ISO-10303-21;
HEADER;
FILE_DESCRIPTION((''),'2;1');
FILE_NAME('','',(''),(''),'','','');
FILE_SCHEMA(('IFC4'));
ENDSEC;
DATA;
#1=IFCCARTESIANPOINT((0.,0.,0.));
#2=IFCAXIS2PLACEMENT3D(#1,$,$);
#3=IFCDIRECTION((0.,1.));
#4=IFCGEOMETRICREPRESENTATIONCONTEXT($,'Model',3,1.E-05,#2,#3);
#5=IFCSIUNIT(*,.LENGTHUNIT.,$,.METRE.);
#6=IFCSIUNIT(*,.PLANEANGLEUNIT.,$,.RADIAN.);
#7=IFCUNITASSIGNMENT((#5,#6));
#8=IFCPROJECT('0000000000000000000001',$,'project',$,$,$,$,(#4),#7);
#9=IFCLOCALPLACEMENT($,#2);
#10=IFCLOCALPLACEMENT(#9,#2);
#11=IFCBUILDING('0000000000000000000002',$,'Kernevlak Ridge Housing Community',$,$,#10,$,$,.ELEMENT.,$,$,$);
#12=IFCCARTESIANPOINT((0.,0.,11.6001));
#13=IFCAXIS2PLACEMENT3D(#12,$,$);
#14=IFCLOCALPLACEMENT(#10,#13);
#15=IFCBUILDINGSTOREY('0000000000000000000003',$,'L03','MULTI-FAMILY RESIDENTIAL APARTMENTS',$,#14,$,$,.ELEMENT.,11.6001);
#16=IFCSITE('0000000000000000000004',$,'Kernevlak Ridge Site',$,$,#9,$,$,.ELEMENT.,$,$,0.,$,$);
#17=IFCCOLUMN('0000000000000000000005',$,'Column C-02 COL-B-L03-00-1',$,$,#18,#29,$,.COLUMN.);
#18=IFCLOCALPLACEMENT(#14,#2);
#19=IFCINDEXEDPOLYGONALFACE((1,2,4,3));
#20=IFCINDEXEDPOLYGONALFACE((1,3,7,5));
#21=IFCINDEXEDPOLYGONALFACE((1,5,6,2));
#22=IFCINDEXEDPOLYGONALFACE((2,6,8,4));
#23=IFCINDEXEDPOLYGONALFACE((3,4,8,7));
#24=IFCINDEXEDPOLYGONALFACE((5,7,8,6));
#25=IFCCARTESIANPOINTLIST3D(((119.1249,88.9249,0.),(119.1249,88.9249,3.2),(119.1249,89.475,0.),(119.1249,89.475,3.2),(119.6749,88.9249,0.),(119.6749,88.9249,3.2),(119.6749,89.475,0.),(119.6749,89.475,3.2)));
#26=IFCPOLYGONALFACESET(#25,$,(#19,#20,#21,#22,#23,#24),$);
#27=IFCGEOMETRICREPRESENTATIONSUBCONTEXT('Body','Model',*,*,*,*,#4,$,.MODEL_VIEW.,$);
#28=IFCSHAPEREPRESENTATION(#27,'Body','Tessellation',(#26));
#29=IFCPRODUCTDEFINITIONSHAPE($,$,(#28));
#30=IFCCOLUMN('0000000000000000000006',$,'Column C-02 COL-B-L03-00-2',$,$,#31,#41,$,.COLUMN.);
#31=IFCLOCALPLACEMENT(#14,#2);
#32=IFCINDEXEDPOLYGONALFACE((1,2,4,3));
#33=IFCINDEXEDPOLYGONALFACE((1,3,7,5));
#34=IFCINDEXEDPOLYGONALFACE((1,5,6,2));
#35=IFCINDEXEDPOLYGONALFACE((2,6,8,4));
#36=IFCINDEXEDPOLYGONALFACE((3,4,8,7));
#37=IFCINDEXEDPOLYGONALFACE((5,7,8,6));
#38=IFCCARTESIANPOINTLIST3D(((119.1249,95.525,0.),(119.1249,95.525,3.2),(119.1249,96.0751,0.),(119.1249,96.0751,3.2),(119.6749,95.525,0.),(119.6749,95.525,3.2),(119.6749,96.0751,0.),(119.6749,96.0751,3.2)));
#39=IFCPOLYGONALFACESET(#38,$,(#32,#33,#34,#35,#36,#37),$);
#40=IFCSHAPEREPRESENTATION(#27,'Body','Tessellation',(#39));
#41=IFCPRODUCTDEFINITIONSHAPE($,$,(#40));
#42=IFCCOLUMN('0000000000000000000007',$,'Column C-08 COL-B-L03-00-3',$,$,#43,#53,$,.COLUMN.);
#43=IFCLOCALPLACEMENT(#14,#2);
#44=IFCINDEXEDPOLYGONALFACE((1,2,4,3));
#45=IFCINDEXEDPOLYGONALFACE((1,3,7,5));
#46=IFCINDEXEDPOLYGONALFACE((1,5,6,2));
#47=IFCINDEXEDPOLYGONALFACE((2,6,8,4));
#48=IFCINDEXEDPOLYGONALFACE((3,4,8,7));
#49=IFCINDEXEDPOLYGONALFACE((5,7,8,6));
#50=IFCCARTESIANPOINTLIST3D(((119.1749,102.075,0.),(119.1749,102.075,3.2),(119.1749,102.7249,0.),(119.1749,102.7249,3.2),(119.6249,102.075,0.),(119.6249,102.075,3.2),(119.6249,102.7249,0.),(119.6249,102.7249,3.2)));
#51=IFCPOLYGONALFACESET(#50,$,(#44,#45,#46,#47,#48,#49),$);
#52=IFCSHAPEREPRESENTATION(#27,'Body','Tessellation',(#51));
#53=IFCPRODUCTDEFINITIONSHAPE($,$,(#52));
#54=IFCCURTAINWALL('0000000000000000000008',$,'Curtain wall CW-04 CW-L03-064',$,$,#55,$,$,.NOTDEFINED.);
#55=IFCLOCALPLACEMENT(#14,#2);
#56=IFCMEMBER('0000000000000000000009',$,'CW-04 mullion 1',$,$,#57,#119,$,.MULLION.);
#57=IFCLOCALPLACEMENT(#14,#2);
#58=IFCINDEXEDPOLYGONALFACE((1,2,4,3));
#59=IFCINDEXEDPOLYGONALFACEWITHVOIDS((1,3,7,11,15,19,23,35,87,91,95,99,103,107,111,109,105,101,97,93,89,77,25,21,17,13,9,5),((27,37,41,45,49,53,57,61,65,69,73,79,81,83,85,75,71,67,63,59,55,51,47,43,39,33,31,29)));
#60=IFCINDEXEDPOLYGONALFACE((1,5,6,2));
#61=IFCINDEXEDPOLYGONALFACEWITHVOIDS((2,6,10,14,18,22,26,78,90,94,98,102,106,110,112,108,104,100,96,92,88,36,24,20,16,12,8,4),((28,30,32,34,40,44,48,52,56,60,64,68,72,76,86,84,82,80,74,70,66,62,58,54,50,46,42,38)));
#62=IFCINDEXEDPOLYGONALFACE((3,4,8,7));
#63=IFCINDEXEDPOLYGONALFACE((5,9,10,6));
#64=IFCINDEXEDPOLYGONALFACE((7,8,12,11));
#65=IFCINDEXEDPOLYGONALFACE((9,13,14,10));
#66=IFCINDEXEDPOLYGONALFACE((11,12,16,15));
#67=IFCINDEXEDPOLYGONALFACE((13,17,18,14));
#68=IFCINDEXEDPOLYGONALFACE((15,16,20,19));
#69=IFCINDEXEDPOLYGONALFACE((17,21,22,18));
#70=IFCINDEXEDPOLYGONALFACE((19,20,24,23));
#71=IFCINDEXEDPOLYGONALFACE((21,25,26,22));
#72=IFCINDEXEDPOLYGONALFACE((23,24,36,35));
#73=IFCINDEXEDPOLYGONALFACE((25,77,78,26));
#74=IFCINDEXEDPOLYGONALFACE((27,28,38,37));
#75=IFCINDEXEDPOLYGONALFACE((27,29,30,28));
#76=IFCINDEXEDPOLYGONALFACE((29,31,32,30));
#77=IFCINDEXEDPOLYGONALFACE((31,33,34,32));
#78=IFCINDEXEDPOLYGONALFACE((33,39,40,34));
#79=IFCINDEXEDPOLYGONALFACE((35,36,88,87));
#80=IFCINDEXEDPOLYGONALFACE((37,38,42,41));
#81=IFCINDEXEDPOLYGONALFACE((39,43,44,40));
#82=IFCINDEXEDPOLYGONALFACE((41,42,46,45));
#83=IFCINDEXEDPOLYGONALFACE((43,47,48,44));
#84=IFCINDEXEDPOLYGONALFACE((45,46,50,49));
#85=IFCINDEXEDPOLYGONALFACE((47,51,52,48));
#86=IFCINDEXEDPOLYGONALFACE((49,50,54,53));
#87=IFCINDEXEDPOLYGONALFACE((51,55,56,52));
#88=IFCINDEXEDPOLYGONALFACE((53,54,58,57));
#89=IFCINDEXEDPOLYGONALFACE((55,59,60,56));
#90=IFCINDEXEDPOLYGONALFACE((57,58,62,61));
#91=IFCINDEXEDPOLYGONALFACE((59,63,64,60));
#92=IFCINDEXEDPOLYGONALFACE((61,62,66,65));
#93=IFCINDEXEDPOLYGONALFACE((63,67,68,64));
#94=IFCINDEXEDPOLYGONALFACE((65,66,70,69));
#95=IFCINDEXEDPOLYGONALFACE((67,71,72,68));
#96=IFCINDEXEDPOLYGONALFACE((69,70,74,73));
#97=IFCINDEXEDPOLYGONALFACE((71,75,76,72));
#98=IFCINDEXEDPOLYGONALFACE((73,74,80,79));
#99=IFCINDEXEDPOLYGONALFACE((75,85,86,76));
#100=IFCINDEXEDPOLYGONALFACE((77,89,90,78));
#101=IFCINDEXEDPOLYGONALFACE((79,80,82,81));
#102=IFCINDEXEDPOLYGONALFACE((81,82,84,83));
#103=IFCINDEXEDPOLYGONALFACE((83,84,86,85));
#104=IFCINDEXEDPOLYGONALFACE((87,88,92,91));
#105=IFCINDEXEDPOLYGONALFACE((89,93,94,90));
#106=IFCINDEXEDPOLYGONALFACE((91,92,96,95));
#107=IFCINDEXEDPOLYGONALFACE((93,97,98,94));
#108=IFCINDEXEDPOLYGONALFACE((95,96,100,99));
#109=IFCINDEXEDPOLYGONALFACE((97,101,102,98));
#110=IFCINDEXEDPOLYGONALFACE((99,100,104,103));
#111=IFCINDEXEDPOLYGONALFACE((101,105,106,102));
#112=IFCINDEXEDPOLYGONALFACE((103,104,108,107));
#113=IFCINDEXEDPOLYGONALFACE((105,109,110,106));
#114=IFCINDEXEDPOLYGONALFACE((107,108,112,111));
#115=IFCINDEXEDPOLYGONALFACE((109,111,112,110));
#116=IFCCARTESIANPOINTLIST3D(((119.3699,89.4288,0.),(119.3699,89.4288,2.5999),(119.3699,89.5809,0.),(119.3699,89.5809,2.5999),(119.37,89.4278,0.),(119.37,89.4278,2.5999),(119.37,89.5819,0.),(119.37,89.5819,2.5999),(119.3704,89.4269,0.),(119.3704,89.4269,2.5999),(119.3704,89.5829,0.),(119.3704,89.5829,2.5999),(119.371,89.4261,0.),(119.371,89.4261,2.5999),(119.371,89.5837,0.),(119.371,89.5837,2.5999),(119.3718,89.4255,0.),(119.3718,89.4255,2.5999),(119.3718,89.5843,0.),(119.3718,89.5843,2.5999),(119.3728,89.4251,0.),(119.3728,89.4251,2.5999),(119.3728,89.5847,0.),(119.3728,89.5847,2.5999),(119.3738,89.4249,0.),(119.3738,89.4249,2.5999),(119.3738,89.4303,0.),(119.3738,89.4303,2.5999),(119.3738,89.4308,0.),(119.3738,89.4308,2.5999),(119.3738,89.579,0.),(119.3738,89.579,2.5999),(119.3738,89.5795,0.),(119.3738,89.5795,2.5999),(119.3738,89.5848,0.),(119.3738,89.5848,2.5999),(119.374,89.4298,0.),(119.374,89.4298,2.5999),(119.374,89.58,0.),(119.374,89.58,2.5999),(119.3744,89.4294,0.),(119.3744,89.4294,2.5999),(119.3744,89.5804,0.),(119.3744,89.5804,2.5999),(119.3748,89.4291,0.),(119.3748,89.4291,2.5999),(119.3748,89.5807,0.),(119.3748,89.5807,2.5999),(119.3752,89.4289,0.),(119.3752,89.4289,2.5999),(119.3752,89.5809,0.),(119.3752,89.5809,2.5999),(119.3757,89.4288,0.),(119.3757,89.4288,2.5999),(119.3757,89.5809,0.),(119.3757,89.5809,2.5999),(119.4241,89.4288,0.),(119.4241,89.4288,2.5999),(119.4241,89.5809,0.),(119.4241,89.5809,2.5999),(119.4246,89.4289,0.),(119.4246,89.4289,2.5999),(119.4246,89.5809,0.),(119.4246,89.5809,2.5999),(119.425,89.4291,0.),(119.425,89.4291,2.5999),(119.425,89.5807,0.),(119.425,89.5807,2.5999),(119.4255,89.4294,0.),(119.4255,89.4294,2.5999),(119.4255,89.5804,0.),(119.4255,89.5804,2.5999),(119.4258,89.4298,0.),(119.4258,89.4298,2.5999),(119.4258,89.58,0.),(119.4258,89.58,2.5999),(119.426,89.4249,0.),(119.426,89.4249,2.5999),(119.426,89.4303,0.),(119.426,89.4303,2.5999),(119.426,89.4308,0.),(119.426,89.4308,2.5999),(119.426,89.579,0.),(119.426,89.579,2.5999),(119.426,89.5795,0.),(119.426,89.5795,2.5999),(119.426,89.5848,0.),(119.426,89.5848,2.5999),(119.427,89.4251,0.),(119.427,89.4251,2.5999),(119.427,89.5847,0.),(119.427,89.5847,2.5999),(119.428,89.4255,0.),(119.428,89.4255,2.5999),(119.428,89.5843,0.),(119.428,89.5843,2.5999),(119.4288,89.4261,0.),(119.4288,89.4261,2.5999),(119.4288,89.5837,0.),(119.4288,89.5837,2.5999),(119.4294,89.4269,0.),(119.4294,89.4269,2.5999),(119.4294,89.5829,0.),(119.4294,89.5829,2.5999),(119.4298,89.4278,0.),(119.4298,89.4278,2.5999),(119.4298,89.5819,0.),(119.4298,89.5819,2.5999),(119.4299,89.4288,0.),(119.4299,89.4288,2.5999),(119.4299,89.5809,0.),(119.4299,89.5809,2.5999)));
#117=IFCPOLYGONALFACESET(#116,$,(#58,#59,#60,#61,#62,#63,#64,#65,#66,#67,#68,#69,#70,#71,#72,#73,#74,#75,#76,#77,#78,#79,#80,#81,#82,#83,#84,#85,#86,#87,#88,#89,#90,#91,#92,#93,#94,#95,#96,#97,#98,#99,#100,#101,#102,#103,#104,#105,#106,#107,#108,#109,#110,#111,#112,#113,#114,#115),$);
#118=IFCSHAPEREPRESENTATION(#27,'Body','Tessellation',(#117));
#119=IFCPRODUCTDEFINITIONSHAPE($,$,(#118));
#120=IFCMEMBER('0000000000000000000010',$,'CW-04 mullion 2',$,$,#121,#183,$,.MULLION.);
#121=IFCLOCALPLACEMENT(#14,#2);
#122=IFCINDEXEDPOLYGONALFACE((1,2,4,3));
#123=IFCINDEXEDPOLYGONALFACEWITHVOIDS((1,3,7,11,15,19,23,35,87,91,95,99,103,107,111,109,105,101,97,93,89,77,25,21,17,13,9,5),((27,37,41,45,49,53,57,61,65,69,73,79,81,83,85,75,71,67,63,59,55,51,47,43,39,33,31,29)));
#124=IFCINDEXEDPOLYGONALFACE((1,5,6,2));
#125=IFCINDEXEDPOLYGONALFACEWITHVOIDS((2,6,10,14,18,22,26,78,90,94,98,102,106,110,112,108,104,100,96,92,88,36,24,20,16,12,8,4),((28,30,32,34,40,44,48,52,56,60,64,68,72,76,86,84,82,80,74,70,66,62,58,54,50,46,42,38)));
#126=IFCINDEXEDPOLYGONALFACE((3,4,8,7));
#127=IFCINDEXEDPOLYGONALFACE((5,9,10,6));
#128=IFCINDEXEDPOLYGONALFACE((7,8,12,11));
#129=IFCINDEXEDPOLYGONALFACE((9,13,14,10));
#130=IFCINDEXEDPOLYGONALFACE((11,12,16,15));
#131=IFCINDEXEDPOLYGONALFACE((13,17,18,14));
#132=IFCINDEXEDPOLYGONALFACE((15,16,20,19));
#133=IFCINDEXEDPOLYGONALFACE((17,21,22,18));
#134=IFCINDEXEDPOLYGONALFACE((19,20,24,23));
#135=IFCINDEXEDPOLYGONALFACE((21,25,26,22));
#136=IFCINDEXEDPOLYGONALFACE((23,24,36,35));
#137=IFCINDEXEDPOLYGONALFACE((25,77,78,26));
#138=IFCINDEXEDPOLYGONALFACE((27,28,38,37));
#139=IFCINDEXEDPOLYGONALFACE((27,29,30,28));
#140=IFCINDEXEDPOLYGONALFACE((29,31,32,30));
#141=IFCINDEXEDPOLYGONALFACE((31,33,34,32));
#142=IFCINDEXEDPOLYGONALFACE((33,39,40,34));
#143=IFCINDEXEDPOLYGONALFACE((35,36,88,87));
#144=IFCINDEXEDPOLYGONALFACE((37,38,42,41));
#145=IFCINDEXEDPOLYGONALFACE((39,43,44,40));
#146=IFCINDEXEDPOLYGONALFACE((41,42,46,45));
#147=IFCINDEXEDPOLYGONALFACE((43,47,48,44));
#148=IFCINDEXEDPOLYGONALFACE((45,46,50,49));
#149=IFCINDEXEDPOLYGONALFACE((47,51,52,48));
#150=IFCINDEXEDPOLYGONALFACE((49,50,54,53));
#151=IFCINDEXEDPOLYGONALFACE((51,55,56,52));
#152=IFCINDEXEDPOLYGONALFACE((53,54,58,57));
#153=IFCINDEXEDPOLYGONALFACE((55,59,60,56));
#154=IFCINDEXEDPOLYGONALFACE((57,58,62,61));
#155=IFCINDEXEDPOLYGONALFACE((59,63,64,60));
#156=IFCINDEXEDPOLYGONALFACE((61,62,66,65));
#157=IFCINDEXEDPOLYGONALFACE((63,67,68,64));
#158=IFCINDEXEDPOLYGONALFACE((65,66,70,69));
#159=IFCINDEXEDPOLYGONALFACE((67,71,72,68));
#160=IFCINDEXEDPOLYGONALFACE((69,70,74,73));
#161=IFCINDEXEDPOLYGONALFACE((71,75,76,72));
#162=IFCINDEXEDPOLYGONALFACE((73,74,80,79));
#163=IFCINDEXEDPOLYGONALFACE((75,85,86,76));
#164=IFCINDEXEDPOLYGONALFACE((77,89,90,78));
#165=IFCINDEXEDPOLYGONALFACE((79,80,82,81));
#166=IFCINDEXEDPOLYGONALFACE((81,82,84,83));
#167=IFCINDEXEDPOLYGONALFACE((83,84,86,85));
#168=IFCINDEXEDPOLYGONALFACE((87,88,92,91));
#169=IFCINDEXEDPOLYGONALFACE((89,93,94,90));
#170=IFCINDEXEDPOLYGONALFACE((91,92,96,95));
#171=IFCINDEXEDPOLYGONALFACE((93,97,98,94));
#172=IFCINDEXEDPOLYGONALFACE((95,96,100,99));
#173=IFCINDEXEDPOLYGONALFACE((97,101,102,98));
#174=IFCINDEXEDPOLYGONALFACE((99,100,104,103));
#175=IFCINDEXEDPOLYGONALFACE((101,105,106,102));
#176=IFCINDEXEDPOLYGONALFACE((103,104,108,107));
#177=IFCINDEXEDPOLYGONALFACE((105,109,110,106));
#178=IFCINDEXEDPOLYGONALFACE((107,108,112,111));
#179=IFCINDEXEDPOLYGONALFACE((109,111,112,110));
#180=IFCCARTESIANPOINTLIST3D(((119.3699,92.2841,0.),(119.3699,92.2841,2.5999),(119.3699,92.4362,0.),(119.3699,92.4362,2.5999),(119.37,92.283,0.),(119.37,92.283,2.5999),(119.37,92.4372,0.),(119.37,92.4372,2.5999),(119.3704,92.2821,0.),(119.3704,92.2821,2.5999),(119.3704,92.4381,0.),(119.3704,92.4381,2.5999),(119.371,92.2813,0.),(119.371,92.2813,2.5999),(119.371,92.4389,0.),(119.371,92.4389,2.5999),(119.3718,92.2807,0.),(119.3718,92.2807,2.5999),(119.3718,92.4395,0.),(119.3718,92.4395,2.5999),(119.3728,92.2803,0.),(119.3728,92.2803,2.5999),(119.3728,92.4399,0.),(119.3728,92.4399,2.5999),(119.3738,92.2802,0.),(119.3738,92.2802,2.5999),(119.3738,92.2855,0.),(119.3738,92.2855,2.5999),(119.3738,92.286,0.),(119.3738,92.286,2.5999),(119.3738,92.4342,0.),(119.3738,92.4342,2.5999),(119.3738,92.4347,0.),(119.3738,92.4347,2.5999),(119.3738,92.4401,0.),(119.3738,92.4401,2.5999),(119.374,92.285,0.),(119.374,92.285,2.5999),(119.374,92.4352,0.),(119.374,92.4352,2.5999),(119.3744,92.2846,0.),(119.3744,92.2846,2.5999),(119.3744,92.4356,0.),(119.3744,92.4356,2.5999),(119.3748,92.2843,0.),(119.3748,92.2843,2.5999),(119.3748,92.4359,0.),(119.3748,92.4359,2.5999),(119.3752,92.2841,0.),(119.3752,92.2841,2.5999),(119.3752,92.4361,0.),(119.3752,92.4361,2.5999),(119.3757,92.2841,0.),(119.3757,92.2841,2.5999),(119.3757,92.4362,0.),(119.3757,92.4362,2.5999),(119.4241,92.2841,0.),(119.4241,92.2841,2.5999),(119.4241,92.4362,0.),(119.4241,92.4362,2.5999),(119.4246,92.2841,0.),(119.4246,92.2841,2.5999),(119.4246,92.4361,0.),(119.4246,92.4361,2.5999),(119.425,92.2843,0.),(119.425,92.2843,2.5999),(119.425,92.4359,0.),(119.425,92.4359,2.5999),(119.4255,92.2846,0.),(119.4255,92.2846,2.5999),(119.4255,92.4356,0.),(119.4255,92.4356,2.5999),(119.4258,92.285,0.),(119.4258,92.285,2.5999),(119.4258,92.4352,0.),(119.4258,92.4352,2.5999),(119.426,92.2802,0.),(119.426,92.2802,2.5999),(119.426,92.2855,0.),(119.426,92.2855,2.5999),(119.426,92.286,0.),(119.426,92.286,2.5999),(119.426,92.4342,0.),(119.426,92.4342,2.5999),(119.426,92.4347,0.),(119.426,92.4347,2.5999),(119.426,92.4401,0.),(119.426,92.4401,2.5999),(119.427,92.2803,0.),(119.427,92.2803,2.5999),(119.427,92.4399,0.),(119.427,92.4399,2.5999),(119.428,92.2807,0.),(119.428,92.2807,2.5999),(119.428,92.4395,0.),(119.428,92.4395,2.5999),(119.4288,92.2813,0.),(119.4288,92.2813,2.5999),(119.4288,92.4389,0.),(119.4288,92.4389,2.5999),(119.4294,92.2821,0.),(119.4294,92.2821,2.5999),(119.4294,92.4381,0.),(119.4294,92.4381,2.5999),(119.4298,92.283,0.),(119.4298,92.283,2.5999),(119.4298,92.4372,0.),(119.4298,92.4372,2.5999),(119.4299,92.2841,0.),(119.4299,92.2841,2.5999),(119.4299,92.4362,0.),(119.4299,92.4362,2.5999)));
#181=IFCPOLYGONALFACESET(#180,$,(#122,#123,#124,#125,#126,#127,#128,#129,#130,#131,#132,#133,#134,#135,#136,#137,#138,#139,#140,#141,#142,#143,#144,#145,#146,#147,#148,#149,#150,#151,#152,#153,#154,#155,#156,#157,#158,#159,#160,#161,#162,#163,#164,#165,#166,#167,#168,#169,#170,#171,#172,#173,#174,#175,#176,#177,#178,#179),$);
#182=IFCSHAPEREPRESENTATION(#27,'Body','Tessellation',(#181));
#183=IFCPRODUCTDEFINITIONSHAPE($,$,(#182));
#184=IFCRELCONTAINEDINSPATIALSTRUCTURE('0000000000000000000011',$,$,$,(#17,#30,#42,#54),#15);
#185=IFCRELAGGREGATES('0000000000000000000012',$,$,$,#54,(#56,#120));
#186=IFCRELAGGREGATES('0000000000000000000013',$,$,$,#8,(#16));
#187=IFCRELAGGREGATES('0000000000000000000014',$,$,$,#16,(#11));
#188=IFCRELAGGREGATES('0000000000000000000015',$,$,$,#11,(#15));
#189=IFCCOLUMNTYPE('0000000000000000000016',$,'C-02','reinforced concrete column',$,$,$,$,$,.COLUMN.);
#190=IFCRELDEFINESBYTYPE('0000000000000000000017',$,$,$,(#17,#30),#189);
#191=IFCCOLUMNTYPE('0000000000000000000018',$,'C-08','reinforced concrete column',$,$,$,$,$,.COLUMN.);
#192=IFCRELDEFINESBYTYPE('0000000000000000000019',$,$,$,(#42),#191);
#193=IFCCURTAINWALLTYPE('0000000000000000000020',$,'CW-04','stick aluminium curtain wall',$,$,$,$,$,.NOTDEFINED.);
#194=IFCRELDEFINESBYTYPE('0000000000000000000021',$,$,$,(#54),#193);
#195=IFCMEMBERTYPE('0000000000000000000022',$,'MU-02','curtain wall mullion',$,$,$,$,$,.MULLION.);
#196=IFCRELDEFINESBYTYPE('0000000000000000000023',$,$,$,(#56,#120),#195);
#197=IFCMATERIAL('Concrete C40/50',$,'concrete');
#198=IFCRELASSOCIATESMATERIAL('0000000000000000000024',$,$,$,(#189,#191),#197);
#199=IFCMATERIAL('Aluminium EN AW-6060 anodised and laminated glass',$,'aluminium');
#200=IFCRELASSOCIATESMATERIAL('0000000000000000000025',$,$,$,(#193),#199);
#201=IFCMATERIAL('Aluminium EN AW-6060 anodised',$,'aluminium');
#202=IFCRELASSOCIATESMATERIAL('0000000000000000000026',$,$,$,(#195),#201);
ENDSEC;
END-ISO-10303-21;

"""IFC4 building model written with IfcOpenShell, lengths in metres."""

from ifc_helpers import new_model, si_unit, direction, frame, origin, origin_2d, place, context, subcontext, project, spatial, rectangle, hollow_rectangle, extrude, material, material_profile, profile_set, type_object, element, aggregate, save


model = new_model("IFC4")

# Units and contexts
model_context = context("Model", 3, precision=1e-05, world=origin(), true_north=direction((0.0, 1.0)))
body_context = subcontext(model_context, "Body", "Model", "MODEL_VIEW")
ifc_project = project(units=[si_unit("LENGTHUNIT", "METRE"), si_unit("PLANEANGLEUNIT", "RADIAN")], contexts=[model_context])

# Site, building, storey
site_placement = place(None, origin())
site = spatial("IfcSite", under=ifc_project, at=site_placement, Name="Kernevlak Ridge Site", CompositionType="ELEMENT", RefElevation=0.0)
building_placement = place(site_placement, origin())
building = spatial("IfcBuilding", under=site, at=building_placement, Name="Kernevlak Ridge Housing Community", CompositionType="ELEMENT")
storey_placement = place(building_placement, frame((0.0, 0.0, 11.6001)))
storey = spatial("IfcBuildingStorey", under=building, at=storey_placement, Name="L03", Description="MULTI-FAMILY RESIDENTIAL APARTMENTS", CompositionType="ELEMENT", Elevation=11.6001)

# Columns
ifc_material_1 = material(Name="Concrete C40/50", Category="concrete")
ifc_material_profile_1 = material_profile(ifc_material_1, rectangle(XDim=0.55, YDim=0.55, at=origin_2d()), Name="RC 550x550")
ifc_profile_set_1 = profile_set([ifc_material_profile_1], Name="Concrete C40/50")
column_type_1 = type_object("IfcColumnType", Name="C-02", Description="reinforced concrete column", PredefinedType="COLUMN", material=ifc_profile_set_1)
for number, where, z_axis, x_axis, name in (
    (1, (119.3999, 89.2, 0.0), (0.0, 0.0, 1.0), (1.0, 0.0, 0.0), "Column C-02 COL-B-L03-00-1"),
    (2, (119.3999, 95.8, 0.0), (0.0, 0.0, 1.0), (1.0, 0.0, 0.0), "Column C-02 COL-B-L03-00-2"),
):
    element("IfcColumn", number, at=place(storey_placement, frame(where, z_axis=z_axis, x_axis=x_axis)), inside=storey, type_object=column_type_1, Name=name, PredefinedType="COLUMN", context=body_context, shape_type="SweptSolid", body=[
        extrude(rectangle(XDim=0.55, YDim=0.55, at=origin_2d()), origin(), (0.0, 0.0, 1.0), 3.2),
    ])
ifc_material_profile_2 = material_profile(ifc_material_1, rectangle(XDim=0.45, YDim=0.6499, at=origin_2d()), Name="RC 450x650")
ifc_profile_set_2 = profile_set([ifc_material_profile_2], Name="Concrete C40/50")
column_type_2 = type_object("IfcColumnType", Name="C-08", Description="reinforced concrete column", PredefinedType="COLUMN", material=ifc_profile_set_2)
column_placement = place(storey_placement, frame((119.3999, 102.3999, 0.0), z_axis=(0.0, 0.0, 1.0), x_axis=(1.0, 0.0, 0.0)))
element("IfcColumn", 3, at=column_placement, inside=storey, type_object=column_type_2, Name="Column C-08 COL-B-L03-00-3", PredefinedType="COLUMN", context=body_context, shape_type="SweptSolid", body=[
    extrude(rectangle(XDim=0.45, YDim=0.6499, at=origin_2d()), origin(), (0.0, 0.0, 1.0), 3.2),
])

# Curtain wall, members
ifc_material_2 = material(Name="Aluminium EN AW-6060 anodised and laminated glass", Category="aluminium")
curtain_wall_type_1 = type_object("IfcCurtainWallType", Name="CW-04", Description="stick aluminium curtain wall", PredefinedType="NOTDEFINED", material=ifc_material_2)
curtain_wall_1_placement = place(storey_placement, origin())
curtain_wall_1 = element("IfcCurtainWall", 4, at=curtain_wall_1_placement, inside=storey, type_object=curtain_wall_type_1, Name="Curtain wall CW-04 CW-L03-064", PredefinedType="NOTDEFINED")
ifc_material_3 = material(Name="Aluminium EN AW-6060 anodised", Category="aluminium")
ifc_material_profile_3 = material_profile(ifc_material_3, hollow_rectangle(XDim=0.0601, YDim=0.1599, WallThickness=0.0039, InnerFilletRadius=0.002, OuterFilletRadius=0.0039, at=origin_2d()), Name="ALU 60x160x4")
ifc_profile_set_3 = profile_set([ifc_material_profile_3], Name="Aluminium EN AW-6060 anodised")
member_type_1 = type_object("IfcMemberType", Name="MU-02", Description="curtain wall mullion", PredefinedType="MULLION", material=ifc_profile_set_3)
member_1_placement = place(storey_placement, frame((119.3999, 89.5049, 0.0), z_axis=(0.0, 0.0, 1.0), x_axis=(-1.0, 0.0, 0.0)))
member_1 = element("IfcMember", 5, at=member_1_placement, type_object=member_type_1, Name="CW-04 mullion 1", PredefinedType="MULLION", context=body_context, shape_type="SweptSolid", body=[
    extrude(hollow_rectangle(XDim=0.0601, YDim=0.1599, WallThickness=0.0039, InnerFilletRadius=0.002, OuterFilletRadius=0.0039, at=origin_2d()), origin(), (0.0, 0.0, 1.0), 2.5999),
])
member_2_placement = place(storey_placement, frame((119.3999, 92.3601, 0.0), z_axis=(0.0, 0.0, 1.0), x_axis=(-1.0, 0.0, 0.0)))
member_2 = element("IfcMember", 6, at=member_2_placement, type_object=member_type_1, Name="CW-04 mullion 2", PredefinedType="MULLION", context=body_context, shape_type="SweptSolid", body=[
    extrude(hollow_rectangle(XDim=0.0601, YDim=0.1599, WallThickness=0.0039, InnerFilletRadius=0.002, OuterFilletRadius=0.0039, at=origin_2d()), origin(), (0.0, 0.0, 1.0), 2.5999),
])

aggregate(curtain_wall_1, [member_1, member_2])

save(model, "model.ifc")
